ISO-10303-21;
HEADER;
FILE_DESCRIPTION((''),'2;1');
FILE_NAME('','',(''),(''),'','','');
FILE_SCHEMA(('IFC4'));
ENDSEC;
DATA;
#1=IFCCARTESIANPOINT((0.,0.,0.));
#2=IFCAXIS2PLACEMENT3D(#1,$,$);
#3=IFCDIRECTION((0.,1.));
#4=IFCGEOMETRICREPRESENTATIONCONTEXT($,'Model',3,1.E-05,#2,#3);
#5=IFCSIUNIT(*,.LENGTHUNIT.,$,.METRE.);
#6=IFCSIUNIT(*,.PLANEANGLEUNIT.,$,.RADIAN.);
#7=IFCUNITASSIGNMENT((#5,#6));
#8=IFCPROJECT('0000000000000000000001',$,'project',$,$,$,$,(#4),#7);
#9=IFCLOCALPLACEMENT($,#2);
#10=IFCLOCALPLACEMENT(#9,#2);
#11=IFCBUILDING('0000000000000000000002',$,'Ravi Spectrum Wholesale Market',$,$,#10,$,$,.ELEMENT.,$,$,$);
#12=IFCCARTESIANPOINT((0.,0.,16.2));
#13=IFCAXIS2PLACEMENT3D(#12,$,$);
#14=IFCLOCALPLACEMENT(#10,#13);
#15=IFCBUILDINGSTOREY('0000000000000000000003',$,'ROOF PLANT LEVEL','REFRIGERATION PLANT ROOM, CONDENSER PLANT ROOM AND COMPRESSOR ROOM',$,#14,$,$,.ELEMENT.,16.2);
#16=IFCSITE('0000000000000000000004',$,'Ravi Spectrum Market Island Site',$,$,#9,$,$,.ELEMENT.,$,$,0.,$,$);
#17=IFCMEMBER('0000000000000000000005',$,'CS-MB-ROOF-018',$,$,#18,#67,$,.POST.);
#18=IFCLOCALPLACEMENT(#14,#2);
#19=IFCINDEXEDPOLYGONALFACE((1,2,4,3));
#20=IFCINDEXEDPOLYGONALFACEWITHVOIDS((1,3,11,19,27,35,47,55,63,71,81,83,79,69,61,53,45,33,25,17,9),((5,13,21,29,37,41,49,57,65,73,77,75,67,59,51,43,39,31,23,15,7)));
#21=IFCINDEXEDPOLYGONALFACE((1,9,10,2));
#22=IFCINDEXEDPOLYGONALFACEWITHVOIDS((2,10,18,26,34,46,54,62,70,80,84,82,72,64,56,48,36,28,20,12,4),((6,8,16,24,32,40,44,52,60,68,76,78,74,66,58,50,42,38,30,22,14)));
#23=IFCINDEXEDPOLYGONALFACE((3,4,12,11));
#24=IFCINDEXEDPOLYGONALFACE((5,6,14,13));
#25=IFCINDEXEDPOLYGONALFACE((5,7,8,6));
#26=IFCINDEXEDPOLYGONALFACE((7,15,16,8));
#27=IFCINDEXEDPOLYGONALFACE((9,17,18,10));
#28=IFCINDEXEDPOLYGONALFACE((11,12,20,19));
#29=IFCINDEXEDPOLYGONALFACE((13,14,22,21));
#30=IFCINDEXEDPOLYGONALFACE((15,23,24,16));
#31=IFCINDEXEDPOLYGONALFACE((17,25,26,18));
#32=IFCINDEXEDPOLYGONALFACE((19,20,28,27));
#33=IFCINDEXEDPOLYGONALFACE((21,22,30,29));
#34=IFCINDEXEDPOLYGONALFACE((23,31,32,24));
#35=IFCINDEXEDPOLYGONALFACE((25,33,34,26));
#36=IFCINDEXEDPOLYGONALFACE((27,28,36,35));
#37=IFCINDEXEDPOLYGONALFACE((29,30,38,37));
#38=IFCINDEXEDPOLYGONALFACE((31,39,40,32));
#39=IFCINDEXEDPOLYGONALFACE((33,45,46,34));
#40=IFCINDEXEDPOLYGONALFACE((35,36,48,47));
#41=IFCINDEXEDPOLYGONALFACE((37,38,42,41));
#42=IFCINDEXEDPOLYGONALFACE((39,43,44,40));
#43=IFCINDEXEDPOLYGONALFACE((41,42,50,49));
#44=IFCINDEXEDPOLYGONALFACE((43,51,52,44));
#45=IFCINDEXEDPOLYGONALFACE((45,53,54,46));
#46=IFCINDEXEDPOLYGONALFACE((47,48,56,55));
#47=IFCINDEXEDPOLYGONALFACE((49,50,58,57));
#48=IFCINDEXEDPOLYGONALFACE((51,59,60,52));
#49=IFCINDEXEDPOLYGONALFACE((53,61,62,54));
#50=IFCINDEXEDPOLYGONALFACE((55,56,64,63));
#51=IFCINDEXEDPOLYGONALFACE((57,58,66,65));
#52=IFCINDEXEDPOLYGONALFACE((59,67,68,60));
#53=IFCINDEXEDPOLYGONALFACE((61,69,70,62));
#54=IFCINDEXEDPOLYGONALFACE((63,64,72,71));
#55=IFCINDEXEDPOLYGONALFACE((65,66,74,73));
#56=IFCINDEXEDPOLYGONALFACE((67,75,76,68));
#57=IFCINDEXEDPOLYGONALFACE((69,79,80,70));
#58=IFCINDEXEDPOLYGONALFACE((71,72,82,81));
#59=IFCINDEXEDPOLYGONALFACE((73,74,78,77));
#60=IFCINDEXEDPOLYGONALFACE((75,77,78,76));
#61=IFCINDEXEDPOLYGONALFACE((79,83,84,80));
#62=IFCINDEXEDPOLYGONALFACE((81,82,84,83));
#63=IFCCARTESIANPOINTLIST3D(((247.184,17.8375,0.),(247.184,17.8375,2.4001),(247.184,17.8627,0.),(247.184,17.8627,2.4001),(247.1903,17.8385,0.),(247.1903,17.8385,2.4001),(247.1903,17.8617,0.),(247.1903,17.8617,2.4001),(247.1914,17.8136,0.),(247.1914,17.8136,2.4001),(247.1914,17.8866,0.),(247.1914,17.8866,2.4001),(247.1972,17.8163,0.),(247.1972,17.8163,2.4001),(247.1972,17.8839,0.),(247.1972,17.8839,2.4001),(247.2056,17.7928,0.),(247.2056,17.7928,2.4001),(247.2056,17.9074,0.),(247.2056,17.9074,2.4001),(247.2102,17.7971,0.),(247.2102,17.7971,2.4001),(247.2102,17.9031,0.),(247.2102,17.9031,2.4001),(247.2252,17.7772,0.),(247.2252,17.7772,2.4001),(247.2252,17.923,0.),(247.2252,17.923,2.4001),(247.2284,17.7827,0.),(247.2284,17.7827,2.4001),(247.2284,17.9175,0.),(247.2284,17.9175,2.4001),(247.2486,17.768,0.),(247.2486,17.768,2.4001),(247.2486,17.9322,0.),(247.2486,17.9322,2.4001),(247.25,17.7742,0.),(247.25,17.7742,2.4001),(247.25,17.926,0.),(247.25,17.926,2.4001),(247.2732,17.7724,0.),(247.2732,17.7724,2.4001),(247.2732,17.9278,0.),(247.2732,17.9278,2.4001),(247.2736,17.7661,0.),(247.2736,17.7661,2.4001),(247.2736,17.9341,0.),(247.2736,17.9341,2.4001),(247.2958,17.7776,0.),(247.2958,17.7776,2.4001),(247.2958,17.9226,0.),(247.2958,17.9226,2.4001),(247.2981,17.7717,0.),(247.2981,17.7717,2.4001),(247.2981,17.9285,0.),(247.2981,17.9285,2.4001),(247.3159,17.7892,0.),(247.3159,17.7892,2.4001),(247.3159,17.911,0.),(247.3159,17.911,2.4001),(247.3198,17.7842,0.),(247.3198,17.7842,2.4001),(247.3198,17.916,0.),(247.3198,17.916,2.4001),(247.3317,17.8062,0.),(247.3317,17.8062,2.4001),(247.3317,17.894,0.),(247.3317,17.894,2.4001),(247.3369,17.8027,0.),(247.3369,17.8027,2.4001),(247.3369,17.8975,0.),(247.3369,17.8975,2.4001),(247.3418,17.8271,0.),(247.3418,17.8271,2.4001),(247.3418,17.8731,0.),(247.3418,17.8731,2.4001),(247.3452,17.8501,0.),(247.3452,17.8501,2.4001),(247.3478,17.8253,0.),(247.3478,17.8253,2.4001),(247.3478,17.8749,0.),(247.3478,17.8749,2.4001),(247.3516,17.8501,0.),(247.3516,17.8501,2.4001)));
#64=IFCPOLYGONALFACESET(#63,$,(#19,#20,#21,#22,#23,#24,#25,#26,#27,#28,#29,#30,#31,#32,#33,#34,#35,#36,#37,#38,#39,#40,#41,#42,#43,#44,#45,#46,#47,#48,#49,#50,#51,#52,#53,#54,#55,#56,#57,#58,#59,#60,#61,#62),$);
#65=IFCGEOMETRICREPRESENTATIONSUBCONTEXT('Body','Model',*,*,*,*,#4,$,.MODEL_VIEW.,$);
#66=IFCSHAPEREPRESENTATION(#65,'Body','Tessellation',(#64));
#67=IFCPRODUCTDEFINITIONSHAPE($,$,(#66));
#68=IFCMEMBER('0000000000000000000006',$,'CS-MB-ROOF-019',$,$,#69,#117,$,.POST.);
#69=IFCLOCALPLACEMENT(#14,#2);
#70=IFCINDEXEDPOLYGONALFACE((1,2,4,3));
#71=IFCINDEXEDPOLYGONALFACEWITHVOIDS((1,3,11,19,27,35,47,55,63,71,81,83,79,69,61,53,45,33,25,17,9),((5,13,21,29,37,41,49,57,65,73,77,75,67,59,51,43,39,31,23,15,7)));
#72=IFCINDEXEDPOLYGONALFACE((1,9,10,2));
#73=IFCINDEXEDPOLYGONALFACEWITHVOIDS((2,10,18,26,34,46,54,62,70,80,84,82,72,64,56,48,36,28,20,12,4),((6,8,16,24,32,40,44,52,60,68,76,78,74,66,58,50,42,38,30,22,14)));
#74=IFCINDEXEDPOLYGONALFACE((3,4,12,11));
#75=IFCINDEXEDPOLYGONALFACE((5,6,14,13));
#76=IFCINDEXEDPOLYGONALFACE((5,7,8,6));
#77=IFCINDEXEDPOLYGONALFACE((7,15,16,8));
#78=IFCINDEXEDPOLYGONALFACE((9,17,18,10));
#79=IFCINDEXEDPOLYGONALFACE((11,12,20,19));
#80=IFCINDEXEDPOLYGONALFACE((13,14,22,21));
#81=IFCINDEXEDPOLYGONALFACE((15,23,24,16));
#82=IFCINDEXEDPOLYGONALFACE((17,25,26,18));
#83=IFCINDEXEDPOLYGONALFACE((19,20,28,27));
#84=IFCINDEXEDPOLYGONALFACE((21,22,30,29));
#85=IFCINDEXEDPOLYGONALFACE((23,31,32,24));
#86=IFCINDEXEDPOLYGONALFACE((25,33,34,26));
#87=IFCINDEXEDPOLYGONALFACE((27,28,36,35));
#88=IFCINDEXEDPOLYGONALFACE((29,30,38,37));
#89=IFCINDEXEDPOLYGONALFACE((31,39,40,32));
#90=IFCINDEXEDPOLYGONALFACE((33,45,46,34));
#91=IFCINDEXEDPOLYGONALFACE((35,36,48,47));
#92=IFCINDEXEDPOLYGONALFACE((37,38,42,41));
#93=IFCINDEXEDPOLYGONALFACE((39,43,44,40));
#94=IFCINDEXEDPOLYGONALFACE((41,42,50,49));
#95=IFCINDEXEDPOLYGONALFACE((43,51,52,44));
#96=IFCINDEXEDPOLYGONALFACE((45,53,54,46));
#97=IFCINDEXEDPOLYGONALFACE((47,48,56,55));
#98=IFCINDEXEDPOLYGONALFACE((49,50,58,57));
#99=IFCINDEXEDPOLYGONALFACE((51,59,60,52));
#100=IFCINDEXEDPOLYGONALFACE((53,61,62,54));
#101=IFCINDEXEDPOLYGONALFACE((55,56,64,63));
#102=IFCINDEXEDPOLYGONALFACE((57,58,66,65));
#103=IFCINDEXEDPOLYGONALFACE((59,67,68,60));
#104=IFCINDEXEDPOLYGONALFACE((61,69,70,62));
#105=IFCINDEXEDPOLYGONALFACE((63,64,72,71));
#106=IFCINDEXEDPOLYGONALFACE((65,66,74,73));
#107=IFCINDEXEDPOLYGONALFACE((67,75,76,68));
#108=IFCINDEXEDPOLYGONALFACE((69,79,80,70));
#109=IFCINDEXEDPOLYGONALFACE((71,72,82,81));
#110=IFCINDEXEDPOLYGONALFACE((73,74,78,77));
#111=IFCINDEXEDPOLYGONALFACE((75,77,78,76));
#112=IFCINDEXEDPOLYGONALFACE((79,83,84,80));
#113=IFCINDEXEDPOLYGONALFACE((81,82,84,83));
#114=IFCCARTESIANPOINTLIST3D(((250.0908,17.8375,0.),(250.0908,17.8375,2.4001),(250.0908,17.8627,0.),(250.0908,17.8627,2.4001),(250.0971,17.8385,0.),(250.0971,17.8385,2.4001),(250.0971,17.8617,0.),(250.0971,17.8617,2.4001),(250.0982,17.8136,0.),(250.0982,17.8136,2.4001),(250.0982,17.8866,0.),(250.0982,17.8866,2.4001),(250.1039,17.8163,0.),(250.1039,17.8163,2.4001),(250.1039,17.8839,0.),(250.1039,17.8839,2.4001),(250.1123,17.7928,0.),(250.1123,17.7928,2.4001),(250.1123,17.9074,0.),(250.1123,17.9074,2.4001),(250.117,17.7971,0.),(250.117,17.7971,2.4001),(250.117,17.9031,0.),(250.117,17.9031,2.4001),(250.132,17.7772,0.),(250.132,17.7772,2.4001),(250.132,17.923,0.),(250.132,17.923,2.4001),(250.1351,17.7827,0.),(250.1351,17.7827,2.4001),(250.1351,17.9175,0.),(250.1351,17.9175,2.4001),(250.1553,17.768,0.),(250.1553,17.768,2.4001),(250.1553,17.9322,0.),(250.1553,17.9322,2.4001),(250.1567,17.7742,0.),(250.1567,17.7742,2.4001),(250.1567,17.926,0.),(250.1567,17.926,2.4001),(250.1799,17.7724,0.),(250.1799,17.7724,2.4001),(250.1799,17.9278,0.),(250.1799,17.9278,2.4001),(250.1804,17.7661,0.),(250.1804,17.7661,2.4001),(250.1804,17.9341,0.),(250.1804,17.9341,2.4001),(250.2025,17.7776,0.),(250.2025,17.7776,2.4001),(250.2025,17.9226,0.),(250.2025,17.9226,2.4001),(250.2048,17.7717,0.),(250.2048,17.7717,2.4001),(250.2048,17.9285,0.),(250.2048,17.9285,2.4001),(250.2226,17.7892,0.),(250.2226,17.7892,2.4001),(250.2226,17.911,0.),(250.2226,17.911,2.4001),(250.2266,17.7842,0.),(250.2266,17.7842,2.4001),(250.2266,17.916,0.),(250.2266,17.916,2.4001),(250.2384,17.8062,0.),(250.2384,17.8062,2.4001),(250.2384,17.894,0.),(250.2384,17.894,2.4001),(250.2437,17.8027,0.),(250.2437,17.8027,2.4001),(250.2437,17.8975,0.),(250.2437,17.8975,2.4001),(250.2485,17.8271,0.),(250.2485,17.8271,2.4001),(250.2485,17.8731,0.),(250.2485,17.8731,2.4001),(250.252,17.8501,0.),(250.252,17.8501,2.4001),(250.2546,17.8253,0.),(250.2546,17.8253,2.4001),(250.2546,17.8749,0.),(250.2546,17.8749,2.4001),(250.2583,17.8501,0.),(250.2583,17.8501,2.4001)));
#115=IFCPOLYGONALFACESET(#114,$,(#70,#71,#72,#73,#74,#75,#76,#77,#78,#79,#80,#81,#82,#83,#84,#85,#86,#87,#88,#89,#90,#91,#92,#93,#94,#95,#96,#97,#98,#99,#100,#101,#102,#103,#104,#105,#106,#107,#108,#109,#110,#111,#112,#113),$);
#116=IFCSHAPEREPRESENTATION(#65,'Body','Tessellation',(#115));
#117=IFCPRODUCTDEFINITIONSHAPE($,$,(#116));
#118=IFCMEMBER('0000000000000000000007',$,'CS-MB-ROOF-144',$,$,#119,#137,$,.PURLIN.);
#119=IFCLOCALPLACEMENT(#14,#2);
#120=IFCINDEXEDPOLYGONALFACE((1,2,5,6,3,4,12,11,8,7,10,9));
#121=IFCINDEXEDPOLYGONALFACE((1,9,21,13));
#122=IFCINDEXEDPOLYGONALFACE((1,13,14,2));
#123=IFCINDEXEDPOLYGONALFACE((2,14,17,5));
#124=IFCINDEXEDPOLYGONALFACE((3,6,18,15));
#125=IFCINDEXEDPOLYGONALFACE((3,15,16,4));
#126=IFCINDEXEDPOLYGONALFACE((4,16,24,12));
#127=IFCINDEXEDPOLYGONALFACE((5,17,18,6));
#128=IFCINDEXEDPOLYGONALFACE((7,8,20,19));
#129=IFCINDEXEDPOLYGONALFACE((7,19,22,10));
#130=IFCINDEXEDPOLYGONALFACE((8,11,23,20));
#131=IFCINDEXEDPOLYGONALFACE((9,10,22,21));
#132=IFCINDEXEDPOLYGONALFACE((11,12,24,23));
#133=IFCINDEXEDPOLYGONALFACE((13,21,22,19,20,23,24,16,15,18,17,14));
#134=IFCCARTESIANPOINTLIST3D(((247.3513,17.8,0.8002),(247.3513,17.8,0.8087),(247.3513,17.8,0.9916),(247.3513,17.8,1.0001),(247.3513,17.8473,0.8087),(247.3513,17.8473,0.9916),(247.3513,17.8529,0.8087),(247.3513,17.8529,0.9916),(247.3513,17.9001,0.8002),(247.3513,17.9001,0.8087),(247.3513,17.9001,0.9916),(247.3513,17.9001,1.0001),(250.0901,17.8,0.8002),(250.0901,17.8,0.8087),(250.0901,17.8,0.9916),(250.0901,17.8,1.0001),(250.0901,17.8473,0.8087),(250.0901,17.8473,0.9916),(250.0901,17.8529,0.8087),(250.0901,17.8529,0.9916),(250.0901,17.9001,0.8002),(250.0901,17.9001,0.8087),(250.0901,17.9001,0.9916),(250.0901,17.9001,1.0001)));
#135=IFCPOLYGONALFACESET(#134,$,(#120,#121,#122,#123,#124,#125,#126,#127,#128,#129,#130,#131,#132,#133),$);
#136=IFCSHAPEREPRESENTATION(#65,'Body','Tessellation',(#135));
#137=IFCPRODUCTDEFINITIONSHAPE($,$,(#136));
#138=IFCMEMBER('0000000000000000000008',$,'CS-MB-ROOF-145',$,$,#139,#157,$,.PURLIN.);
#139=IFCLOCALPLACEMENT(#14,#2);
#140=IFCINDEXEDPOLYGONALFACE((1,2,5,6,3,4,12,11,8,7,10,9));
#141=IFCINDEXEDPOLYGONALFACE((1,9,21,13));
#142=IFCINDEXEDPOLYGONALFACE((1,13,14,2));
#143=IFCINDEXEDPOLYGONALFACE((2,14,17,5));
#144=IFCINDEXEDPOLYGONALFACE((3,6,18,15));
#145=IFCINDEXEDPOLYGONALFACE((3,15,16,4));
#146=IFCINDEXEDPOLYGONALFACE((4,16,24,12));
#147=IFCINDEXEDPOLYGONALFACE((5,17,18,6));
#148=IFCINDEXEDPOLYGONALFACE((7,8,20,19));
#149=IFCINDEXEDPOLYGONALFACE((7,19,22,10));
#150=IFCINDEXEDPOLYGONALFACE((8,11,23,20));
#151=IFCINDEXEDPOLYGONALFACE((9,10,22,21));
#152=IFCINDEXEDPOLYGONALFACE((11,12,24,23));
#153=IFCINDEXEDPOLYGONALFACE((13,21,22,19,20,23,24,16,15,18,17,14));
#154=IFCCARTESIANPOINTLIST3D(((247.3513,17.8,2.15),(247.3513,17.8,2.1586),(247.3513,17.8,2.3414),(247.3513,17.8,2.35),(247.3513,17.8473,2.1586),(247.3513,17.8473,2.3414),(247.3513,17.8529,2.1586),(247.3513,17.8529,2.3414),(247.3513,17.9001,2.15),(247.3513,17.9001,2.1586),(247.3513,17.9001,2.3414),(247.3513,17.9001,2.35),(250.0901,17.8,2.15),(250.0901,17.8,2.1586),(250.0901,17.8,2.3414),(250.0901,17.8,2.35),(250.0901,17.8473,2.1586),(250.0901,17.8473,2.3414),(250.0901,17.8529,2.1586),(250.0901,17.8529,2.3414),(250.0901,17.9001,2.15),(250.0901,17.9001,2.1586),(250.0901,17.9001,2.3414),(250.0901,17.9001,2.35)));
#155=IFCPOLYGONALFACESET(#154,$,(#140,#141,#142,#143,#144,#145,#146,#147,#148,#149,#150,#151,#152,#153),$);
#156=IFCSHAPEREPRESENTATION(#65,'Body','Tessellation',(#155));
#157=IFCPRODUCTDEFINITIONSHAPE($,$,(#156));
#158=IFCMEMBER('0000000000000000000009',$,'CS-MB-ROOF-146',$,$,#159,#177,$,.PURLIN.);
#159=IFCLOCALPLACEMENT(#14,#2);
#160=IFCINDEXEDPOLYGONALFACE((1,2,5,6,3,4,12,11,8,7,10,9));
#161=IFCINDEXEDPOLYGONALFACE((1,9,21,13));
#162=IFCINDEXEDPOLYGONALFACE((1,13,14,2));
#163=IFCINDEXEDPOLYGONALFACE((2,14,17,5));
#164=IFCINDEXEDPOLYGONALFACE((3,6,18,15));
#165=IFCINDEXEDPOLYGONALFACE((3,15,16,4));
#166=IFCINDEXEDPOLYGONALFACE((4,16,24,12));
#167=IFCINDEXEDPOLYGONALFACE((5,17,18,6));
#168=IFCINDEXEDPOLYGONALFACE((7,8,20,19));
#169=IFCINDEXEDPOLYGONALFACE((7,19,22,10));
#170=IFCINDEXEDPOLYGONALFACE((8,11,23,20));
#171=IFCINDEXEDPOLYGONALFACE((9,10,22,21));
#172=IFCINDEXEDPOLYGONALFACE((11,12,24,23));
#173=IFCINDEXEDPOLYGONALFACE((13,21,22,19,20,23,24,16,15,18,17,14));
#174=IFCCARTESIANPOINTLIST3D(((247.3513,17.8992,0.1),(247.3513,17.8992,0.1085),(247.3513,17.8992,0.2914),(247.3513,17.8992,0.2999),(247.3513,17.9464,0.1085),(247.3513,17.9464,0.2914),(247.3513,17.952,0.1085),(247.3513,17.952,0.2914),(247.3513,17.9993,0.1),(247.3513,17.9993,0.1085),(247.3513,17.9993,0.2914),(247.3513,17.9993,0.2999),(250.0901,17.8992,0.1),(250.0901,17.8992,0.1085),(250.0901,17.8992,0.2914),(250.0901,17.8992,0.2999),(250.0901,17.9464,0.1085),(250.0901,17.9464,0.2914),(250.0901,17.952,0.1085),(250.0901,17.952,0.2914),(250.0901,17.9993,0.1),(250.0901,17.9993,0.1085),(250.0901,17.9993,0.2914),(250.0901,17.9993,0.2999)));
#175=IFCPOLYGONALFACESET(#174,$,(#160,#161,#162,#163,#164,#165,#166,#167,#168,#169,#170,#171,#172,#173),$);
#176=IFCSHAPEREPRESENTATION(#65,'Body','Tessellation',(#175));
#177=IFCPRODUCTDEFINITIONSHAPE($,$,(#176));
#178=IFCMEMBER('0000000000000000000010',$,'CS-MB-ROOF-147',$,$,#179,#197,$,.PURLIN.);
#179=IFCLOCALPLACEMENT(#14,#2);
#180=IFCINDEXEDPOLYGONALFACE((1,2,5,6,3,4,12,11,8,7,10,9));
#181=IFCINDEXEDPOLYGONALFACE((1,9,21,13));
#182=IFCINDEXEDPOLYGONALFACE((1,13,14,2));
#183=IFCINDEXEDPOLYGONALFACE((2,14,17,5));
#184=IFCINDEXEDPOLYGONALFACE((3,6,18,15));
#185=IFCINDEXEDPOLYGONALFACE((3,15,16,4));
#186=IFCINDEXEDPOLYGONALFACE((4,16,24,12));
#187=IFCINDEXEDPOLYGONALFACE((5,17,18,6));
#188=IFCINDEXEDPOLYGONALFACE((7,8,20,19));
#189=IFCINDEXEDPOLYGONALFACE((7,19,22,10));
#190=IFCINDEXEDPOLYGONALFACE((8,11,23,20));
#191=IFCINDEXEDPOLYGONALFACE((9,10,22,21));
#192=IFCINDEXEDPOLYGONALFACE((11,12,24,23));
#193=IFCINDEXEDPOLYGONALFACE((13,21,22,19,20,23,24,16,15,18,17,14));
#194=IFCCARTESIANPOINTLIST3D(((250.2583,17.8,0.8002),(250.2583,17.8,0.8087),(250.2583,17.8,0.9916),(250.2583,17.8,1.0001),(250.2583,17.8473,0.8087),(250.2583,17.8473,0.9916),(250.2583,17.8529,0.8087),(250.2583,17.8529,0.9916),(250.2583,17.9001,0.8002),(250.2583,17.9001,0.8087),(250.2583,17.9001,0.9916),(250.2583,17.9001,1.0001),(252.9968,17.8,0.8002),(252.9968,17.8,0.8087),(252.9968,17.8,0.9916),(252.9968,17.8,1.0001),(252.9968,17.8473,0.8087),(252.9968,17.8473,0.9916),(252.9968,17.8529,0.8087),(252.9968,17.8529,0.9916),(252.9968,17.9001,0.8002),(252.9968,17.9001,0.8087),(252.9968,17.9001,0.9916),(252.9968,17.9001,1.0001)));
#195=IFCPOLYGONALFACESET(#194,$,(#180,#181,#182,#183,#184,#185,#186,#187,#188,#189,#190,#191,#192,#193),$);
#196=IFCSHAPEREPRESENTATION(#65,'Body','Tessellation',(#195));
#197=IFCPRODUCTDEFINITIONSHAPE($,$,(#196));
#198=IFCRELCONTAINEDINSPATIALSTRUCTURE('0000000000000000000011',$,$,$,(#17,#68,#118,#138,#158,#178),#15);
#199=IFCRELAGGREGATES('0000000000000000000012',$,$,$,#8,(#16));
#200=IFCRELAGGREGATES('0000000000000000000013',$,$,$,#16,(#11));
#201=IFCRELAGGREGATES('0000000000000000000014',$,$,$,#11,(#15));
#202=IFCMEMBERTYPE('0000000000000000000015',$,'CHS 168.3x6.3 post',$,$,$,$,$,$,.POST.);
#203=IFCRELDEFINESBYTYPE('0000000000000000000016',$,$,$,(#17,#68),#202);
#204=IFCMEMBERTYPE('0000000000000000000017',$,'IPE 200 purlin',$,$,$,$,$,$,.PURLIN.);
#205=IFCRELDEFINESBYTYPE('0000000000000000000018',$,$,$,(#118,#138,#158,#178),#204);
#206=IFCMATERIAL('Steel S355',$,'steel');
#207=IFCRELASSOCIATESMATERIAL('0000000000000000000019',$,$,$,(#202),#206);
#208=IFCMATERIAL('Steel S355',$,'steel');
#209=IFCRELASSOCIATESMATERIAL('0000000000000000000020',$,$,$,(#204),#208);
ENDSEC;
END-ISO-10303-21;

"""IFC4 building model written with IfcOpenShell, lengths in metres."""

from ifc_helpers import new_model, si_unit, direction, frame, origin, origin_2d, place, context, subcontext, project, spatial, hollow_circle, i_section, extrude, material, material_profile, profile_set, type_object, element, save


model = new_model("IFC4")

# Units and contexts
model_context = context("Model", 3, precision=1e-05, world=origin(), true_north=direction((0.0, 1.0)))
body_context = subcontext(model_context, "Body", "Model", "MODEL_VIEW")
ifc_project = project(units=[si_unit("LENGTHUNIT", "METRE"), si_unit("PLANEANGLEUNIT", "RADIAN")], contexts=[model_context])

# Site, building, storey
site_placement = place(None, origin())
site = spatial("IfcSite", under=ifc_project, at=site_placement, Name="Ravi Spectrum Market Island Site", CompositionType="ELEMENT", RefElevation=0.0)
building_placement = place(site_placement, origin())
building = spatial("IfcBuilding", under=site, at=building_placement, Name="Ravi Spectrum Wholesale Market", CompositionType="ELEMENT")
storey_placement = place(building_placement, frame((0.0, 0.0, 16.2)))
storey = spatial("IfcBuildingStorey", under=building, at=storey_placement, Name="ROOF PLANT LEVEL", Description="REFRIGERATION PLANT ROOM, CONDENSER PLANT ROOM AND COMPRESSOR ROOM", CompositionType="ELEMENT", Elevation=16.2)

# Members
ifc_material_1 = material(Name="Steel S355", Category="steel")
ifc_material_profile_1 = material_profile(ifc_material_1, hollow_circle(Radius=0.0842, WallThickness=0.0063, at=origin_2d()))
ifc_profile_set_1 = profile_set([ifc_material_profile_1], Name="Steel S355")
member_type_1 = type_object("IfcMemberType", Name="CHS 168.3x6.3 post", PredefinedType="POST", material=ifc_profile_set_1)
for number, where, z_axis, x_axis, name in (
    (1, (247.2673, 17.8501, 0.0), (0.0, 0.0, 1.0), (1.0, 0.0, 0.0), "CS-MB-ROOF-018"),
    (2, (250.1741, 17.8501, 0.0), (0.0, 0.0, 1.0), (1.0, 0.0, 0.0), "CS-MB-ROOF-019"),
):
    element("IfcMember", number, at=place(storey_placement, frame(where, z_axis=z_axis, x_axis=x_axis)), inside=storey, type_object=member_type_1, Name=name, PredefinedType="POST", context=body_context, shape_type="SweptSolid", body=[
        extrude(hollow_circle(Radius=0.0842, WallThickness=0.0063, at=origin_2d()), origin(), (0.0, 0.0, 1.0), 2.4001),
    ])
ifc_material_2 = material(Name="Steel S355", Category="steel")
ifc_material_profile_2 = material_profile(ifc_material_2, i_section(OverallWidth=0.1001, OverallDepth=0.2, WebThickness=0.0056, FlangeThickness=0.0085, at=origin_2d()))
ifc_profile_set_2 = profile_set([ifc_material_profile_2], Name="Steel S355")
member_type_2 = type_object("IfcMemberType", Name="IPE 200 purlin", PredefinedType="PURLIN", material=ifc_profile_set_2)
for number, where, z_axis, x_axis, name in (
    (3, (247.3513, 17.8501, 0.9001), (1.0, 0.0, 0.0), (0.0, 1.0, 0.0), "CS-MB-ROOF-144"),
    (4, (247.3513, 17.8501, 2.25), (1.0, 0.0, 0.0), (0.0, 1.0, 0.0), "CS-MB-ROOF-145"),
    (5, (247.3513, 17.9492, 0.2), (1.0, 0.0, 0.0), (0.0, 1.0, 0.0), "CS-MB-ROOF-146"),
):
    element("IfcMember", number, at=place(storey_placement, frame(where, z_axis=z_axis, x_axis=x_axis)), inside=storey, type_object=member_type_2, Name=name, PredefinedType="PURLIN", context=body_context, shape_type="SweptSolid", body=[
        extrude(i_section(OverallWidth=0.1001, OverallDepth=0.2, WebThickness=0.0056, FlangeThickness=0.0085, at=origin_2d()), origin(), (0.0, 0.0, 1.0), 2.7388),
    ])
for number, where, z_axis, x_axis, name in (
    (6, (250.2583, 17.8501, 0.9001), (1.0, 0.0, 0.0), (0.0, 1.0, 0.0), "CS-MB-ROOF-147"),
):
    element("IfcMember", number, at=place(storey_placement, frame(where, z_axis=z_axis, x_axis=x_axis)), inside=storey, type_object=member_type_2, Name=name, PredefinedType="PURLIN", context=body_context, shape_type="SweptSolid", body=[
        extrude(i_section(OverallWidth=0.1001, OverallDepth=0.2, WebThickness=0.0056, FlangeThickness=0.0085, at=origin_2d()), origin(), (0.0, 0.0, 1.0), 2.7385),
    ])

save(model, "model.ifc")
